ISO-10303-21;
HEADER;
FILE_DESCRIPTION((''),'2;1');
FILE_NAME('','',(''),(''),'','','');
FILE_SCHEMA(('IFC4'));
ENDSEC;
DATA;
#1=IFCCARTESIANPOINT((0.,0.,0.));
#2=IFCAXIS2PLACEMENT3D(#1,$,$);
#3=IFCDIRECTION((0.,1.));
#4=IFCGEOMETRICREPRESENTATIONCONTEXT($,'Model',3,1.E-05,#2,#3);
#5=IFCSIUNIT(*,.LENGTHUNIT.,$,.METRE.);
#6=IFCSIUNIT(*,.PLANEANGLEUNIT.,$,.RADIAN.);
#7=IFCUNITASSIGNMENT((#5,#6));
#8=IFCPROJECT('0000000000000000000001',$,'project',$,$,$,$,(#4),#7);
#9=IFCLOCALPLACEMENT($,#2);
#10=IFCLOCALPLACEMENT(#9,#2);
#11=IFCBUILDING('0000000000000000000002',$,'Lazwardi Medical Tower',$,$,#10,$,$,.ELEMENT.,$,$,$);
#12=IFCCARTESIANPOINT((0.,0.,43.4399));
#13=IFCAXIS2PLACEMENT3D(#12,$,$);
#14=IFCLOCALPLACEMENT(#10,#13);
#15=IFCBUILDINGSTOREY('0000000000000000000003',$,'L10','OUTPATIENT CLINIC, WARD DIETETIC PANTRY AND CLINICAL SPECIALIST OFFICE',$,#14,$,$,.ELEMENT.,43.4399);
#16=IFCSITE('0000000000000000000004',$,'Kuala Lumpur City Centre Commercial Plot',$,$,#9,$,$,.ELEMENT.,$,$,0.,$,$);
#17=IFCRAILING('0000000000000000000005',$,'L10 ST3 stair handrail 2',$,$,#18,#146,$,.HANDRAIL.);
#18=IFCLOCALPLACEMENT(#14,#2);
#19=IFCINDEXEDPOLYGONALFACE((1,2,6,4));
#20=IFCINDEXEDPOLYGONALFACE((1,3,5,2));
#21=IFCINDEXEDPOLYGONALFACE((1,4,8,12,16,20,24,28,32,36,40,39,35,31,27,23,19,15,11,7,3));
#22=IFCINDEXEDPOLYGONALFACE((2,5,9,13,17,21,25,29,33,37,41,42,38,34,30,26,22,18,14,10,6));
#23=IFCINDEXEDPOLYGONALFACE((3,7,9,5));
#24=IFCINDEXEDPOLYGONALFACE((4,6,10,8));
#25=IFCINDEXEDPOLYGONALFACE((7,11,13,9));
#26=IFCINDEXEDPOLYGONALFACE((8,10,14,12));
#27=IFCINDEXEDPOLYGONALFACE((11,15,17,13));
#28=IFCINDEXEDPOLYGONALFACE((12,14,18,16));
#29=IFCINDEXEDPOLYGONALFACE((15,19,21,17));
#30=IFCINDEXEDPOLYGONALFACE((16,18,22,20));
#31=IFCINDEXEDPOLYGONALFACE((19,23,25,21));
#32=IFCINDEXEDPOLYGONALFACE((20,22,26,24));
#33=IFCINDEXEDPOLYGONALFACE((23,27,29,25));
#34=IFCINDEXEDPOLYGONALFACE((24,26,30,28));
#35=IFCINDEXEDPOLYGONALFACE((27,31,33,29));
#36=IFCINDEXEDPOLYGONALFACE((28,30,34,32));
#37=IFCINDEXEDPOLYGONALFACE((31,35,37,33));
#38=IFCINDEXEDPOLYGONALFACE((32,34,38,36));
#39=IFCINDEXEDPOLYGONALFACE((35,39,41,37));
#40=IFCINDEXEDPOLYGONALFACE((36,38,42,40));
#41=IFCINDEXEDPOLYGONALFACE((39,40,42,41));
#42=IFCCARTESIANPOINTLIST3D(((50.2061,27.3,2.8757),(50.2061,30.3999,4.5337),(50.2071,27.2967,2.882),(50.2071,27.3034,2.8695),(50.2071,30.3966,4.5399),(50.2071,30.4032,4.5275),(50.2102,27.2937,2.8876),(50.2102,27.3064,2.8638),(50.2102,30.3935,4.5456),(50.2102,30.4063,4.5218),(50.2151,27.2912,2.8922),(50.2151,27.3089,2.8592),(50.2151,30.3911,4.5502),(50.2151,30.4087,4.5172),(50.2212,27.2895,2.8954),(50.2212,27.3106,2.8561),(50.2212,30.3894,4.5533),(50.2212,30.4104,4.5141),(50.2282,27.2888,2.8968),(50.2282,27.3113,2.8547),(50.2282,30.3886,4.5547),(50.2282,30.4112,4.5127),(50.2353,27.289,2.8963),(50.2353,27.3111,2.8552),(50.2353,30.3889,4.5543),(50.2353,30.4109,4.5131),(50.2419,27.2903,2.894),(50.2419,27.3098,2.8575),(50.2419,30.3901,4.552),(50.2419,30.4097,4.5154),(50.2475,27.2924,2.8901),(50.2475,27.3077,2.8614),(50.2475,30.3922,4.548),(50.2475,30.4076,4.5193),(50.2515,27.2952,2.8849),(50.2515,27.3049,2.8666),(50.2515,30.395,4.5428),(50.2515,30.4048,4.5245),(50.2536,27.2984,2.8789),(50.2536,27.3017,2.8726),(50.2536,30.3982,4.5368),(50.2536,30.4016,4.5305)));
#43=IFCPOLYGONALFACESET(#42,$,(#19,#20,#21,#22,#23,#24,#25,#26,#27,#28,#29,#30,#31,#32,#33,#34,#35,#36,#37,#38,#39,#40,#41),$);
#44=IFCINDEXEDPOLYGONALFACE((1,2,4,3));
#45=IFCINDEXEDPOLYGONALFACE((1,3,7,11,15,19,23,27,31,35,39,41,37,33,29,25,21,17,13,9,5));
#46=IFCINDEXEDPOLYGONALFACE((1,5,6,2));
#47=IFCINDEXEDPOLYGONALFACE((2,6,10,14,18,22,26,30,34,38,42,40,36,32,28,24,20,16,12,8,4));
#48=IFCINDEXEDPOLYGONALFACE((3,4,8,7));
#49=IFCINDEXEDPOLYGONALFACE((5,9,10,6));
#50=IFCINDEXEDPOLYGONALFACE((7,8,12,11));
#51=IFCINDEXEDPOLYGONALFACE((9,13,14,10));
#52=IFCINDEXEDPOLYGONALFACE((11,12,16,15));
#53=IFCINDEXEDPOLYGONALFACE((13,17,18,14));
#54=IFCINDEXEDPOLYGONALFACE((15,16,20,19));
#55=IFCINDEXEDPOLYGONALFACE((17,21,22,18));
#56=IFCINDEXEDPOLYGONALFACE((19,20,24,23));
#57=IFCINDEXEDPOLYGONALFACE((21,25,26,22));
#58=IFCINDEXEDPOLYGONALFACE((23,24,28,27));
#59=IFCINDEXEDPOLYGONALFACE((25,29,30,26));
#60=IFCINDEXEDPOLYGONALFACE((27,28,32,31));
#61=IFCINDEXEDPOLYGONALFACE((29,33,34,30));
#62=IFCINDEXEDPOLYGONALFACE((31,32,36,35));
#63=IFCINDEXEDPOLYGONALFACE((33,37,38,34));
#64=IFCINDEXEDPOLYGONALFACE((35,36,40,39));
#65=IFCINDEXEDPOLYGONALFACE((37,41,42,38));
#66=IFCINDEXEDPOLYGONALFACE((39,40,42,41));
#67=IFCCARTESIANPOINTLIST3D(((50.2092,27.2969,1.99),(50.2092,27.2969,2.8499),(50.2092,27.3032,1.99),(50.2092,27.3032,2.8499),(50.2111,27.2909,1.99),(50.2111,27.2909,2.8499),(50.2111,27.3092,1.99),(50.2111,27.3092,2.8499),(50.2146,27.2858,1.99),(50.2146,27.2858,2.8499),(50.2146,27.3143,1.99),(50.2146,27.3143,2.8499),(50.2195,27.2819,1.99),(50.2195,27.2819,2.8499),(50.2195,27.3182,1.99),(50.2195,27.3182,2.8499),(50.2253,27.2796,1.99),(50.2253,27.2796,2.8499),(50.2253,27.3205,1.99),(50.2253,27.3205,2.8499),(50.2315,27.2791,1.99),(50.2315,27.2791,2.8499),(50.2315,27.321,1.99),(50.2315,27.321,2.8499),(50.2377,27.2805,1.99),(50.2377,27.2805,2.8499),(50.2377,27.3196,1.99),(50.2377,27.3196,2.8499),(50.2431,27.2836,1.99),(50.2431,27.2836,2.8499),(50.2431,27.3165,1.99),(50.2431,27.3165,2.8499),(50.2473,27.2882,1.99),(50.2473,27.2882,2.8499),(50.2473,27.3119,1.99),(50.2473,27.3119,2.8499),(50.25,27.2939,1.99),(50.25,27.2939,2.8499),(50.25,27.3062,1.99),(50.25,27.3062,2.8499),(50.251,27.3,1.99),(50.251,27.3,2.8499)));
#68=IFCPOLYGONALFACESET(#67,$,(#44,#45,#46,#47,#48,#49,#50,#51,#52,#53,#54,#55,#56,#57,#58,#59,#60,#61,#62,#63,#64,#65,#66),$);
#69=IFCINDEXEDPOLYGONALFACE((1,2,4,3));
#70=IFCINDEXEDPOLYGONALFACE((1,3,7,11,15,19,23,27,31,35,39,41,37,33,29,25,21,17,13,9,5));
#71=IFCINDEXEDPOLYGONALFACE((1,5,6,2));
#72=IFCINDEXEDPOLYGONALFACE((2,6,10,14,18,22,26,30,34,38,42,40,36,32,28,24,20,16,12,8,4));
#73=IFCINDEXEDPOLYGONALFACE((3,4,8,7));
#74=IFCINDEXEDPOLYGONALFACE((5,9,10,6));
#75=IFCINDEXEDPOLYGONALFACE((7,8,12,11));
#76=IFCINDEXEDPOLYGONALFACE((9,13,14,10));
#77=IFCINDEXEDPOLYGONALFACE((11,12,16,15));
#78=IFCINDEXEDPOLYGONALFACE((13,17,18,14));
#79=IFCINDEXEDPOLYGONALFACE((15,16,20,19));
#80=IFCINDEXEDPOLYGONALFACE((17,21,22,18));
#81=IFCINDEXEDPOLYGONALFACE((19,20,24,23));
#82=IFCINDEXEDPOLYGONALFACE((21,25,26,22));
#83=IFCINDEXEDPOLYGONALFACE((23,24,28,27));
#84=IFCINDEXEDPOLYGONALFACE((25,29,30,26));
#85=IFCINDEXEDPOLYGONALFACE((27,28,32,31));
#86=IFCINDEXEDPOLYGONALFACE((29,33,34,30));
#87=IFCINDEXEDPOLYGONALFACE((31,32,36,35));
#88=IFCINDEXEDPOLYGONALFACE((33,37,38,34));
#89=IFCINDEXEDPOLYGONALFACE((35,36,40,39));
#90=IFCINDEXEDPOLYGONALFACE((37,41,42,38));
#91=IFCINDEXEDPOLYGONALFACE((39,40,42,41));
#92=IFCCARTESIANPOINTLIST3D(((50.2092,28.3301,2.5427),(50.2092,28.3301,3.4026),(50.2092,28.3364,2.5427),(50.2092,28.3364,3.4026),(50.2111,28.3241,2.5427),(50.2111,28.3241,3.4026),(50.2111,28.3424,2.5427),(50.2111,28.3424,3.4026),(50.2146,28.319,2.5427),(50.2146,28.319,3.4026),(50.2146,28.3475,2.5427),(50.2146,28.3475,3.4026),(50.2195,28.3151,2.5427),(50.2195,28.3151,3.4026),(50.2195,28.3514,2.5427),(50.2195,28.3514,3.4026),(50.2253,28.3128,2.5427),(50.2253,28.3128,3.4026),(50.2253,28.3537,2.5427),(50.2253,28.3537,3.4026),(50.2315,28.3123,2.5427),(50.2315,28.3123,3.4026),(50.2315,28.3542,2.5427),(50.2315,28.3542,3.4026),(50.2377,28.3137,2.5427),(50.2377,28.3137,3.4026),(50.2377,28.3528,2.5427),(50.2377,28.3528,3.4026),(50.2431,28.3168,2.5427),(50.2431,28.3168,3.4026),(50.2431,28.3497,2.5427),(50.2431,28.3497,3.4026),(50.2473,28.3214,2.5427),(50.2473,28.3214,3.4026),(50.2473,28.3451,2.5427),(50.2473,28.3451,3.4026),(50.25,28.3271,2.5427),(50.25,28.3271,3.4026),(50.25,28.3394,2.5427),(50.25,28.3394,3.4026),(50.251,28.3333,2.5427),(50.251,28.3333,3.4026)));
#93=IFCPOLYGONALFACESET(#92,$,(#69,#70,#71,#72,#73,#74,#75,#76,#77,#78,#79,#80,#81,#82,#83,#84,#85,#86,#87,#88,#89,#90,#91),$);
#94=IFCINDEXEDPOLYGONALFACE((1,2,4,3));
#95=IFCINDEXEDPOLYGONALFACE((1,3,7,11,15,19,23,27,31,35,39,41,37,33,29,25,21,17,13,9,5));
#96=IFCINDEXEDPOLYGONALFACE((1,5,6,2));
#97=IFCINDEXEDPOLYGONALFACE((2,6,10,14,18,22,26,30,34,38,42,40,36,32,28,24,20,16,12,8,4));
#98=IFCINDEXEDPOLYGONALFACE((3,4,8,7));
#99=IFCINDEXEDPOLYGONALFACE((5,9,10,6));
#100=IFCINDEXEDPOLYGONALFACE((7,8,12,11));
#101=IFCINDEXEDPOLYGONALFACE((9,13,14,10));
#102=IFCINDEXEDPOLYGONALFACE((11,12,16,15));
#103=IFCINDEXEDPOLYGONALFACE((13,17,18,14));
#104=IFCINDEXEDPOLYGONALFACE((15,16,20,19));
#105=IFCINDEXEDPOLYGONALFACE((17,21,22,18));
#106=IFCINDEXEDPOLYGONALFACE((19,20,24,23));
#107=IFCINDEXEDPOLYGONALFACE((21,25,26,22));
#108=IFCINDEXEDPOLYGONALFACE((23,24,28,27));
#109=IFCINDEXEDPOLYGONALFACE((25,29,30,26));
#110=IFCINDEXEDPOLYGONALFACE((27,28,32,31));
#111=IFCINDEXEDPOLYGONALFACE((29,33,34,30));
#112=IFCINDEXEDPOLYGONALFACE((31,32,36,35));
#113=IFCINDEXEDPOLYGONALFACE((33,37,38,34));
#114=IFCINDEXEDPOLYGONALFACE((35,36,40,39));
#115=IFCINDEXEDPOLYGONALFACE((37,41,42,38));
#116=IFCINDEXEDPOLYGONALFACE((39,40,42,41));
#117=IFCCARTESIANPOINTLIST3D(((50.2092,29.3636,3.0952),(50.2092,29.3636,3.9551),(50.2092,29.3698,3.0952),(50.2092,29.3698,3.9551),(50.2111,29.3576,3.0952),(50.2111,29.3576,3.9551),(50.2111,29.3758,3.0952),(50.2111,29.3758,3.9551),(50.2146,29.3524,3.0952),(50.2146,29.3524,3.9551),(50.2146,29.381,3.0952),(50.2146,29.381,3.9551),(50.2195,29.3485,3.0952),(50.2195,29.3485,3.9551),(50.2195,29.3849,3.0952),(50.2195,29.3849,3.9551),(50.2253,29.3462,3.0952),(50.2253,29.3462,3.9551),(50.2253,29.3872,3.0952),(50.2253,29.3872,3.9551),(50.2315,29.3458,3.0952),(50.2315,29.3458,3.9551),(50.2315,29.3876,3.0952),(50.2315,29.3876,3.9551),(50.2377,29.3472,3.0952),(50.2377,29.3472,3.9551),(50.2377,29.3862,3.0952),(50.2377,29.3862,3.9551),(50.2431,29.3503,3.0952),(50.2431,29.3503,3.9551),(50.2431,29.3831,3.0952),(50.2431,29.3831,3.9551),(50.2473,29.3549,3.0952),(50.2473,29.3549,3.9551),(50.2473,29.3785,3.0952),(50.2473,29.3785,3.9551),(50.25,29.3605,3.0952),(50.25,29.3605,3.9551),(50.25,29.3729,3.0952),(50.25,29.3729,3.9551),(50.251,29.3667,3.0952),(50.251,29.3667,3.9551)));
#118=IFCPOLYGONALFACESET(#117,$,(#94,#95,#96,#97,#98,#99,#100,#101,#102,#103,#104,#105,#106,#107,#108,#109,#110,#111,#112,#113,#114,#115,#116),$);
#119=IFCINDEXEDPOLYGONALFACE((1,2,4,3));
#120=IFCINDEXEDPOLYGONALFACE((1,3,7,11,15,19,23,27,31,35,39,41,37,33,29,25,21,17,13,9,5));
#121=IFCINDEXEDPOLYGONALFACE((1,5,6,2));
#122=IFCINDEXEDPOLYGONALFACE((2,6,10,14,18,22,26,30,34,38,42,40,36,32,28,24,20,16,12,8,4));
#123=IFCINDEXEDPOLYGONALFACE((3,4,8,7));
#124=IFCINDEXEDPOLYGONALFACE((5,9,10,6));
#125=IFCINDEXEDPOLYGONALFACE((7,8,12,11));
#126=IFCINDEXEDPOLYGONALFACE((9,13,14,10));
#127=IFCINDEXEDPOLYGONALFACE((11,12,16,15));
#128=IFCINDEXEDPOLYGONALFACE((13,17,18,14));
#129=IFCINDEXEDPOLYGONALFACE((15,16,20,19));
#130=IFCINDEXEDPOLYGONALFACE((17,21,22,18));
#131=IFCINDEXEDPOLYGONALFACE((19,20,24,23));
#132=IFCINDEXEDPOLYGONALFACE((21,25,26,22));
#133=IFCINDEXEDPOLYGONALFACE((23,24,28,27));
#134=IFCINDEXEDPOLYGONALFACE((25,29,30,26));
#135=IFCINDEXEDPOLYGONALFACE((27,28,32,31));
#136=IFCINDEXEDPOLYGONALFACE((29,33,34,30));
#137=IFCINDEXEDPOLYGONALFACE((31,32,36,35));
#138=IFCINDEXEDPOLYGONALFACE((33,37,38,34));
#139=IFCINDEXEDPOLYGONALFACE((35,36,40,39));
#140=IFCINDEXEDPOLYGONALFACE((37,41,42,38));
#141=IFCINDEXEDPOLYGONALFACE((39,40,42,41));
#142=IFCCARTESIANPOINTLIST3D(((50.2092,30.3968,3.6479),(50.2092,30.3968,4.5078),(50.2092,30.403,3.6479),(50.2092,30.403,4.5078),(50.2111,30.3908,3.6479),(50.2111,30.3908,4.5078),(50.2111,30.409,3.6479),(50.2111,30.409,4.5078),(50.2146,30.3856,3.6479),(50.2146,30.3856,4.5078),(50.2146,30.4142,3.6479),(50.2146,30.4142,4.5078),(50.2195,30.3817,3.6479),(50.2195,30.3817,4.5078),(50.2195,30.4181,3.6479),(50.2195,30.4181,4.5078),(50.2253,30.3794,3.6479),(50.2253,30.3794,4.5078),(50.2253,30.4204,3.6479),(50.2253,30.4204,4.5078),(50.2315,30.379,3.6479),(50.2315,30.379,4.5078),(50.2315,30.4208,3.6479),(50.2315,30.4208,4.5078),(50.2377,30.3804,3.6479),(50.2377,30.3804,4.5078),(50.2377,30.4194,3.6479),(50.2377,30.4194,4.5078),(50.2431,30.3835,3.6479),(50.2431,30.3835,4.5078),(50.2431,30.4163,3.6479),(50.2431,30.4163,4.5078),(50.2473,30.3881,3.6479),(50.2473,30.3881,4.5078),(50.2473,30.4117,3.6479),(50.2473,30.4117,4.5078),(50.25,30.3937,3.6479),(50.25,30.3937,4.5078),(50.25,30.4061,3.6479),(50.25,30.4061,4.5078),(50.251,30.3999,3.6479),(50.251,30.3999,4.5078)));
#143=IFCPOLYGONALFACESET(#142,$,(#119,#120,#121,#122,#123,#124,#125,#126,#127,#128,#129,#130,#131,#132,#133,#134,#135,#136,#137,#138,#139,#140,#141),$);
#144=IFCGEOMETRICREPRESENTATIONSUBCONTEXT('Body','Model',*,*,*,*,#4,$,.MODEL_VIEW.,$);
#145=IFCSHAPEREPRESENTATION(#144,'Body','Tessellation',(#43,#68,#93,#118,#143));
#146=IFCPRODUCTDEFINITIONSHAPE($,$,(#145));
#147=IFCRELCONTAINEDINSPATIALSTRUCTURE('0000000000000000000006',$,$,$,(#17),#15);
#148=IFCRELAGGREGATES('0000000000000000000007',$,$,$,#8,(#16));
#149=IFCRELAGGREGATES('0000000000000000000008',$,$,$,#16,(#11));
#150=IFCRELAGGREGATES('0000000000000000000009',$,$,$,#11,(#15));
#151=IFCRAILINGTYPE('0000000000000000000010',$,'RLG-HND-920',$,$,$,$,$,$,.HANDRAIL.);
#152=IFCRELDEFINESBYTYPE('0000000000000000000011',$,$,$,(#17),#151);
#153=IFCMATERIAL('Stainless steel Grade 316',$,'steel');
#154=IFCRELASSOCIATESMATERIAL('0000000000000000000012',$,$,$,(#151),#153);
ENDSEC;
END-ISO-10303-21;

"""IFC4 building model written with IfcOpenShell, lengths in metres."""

from ifc_helpers import new_model, si_unit, direction, frame, origin, origin_2d, place, context, subcontext, project, spatial, circle, extrude, material, type_object, element, save


model = new_model("IFC4")

# Units and contexts
model_context = context("Model", 3, precision=1e-05, world=origin(), true_north=direction((0.0, 1.0)))
body_context = subcontext(model_context, "Body", "Model", "MODEL_VIEW")
ifc_project = project(units=[si_unit("LENGTHUNIT", "METRE"), si_unit("PLANEANGLEUNIT", "RADIAN")], contexts=[model_context])

# Site, building, storey
site_placement = place(None, origin())
site = spatial("IfcSite", under=ifc_project, at=site_placement, Name="Kuala Lumpur City Centre Commercial Plot", CompositionType="ELEMENT", RefElevation=0.0)
building_placement = place(site_placement, origin())
building = spatial("IfcBuilding", under=site, at=building_placement, Name="Lazwardi Medical Tower", CompositionType="ELEMENT")
storey_placement = place(building_placement, frame((0.0, 0.0, 43.4399)))
storey = spatial("IfcBuildingStorey", under=building, at=storey_placement, Name="L10", Description="OUTPATIENT CLINIC, WARD DIETETIC PANTRY AND CLINICAL SPECIALIST OFFICE", CompositionType="ELEMENT", Elevation=43.4399)

# Railing
ifc_material_1 = material(Name="Stainless steel Grade 316", Category="steel")
railing_type_1 = type_object("IfcRailingType", Name="RLG-HND-920", PredefinedType="HANDRAIL", material=ifc_material_1)
railing_1_placement = place(storey_placement, frame((50.23, 27.3, 1.99)))
element("IfcRailing", 1, at=railing_1_placement, inside=storey, type_object=railing_type_1, Name="L10 ST3 stair handrail 2", PredefinedType="HANDRAIL", context=body_context, shape_type="SweptSolid", body=[
    extrude(circle(Radius=0.0239, at=origin_2d()), frame((0.0, 0.0, 0.8857), z_axis=(0.0, 0.881797, 0.47163), x_axis=(-1.0, 0.0, 0.0)), (0.0, 0.0, 1.0), 3.5154),
    extrude(circle(Radius=0.021, at=origin_2d()), origin(), (0.0, 0.0, 1.0), 0.8599),
    extrude(circle(Radius=0.021, at=origin_2d()), frame((0.0, 1.0332, 0.5527)), (0.0, 0.0, 1.0), 0.8599),
    extrude(circle(Radius=0.021, at=origin_2d()), frame((0.0, 2.0667, 1.1052)), (0.0, 0.0, 1.0), 0.8599),
    extrude(circle(Radius=0.021, at=origin_2d()), frame((0.0, 3.0999, 1.658)), (0.0, 0.0, 1.0), 0.8599),
])

save(model, "model.ifc")
